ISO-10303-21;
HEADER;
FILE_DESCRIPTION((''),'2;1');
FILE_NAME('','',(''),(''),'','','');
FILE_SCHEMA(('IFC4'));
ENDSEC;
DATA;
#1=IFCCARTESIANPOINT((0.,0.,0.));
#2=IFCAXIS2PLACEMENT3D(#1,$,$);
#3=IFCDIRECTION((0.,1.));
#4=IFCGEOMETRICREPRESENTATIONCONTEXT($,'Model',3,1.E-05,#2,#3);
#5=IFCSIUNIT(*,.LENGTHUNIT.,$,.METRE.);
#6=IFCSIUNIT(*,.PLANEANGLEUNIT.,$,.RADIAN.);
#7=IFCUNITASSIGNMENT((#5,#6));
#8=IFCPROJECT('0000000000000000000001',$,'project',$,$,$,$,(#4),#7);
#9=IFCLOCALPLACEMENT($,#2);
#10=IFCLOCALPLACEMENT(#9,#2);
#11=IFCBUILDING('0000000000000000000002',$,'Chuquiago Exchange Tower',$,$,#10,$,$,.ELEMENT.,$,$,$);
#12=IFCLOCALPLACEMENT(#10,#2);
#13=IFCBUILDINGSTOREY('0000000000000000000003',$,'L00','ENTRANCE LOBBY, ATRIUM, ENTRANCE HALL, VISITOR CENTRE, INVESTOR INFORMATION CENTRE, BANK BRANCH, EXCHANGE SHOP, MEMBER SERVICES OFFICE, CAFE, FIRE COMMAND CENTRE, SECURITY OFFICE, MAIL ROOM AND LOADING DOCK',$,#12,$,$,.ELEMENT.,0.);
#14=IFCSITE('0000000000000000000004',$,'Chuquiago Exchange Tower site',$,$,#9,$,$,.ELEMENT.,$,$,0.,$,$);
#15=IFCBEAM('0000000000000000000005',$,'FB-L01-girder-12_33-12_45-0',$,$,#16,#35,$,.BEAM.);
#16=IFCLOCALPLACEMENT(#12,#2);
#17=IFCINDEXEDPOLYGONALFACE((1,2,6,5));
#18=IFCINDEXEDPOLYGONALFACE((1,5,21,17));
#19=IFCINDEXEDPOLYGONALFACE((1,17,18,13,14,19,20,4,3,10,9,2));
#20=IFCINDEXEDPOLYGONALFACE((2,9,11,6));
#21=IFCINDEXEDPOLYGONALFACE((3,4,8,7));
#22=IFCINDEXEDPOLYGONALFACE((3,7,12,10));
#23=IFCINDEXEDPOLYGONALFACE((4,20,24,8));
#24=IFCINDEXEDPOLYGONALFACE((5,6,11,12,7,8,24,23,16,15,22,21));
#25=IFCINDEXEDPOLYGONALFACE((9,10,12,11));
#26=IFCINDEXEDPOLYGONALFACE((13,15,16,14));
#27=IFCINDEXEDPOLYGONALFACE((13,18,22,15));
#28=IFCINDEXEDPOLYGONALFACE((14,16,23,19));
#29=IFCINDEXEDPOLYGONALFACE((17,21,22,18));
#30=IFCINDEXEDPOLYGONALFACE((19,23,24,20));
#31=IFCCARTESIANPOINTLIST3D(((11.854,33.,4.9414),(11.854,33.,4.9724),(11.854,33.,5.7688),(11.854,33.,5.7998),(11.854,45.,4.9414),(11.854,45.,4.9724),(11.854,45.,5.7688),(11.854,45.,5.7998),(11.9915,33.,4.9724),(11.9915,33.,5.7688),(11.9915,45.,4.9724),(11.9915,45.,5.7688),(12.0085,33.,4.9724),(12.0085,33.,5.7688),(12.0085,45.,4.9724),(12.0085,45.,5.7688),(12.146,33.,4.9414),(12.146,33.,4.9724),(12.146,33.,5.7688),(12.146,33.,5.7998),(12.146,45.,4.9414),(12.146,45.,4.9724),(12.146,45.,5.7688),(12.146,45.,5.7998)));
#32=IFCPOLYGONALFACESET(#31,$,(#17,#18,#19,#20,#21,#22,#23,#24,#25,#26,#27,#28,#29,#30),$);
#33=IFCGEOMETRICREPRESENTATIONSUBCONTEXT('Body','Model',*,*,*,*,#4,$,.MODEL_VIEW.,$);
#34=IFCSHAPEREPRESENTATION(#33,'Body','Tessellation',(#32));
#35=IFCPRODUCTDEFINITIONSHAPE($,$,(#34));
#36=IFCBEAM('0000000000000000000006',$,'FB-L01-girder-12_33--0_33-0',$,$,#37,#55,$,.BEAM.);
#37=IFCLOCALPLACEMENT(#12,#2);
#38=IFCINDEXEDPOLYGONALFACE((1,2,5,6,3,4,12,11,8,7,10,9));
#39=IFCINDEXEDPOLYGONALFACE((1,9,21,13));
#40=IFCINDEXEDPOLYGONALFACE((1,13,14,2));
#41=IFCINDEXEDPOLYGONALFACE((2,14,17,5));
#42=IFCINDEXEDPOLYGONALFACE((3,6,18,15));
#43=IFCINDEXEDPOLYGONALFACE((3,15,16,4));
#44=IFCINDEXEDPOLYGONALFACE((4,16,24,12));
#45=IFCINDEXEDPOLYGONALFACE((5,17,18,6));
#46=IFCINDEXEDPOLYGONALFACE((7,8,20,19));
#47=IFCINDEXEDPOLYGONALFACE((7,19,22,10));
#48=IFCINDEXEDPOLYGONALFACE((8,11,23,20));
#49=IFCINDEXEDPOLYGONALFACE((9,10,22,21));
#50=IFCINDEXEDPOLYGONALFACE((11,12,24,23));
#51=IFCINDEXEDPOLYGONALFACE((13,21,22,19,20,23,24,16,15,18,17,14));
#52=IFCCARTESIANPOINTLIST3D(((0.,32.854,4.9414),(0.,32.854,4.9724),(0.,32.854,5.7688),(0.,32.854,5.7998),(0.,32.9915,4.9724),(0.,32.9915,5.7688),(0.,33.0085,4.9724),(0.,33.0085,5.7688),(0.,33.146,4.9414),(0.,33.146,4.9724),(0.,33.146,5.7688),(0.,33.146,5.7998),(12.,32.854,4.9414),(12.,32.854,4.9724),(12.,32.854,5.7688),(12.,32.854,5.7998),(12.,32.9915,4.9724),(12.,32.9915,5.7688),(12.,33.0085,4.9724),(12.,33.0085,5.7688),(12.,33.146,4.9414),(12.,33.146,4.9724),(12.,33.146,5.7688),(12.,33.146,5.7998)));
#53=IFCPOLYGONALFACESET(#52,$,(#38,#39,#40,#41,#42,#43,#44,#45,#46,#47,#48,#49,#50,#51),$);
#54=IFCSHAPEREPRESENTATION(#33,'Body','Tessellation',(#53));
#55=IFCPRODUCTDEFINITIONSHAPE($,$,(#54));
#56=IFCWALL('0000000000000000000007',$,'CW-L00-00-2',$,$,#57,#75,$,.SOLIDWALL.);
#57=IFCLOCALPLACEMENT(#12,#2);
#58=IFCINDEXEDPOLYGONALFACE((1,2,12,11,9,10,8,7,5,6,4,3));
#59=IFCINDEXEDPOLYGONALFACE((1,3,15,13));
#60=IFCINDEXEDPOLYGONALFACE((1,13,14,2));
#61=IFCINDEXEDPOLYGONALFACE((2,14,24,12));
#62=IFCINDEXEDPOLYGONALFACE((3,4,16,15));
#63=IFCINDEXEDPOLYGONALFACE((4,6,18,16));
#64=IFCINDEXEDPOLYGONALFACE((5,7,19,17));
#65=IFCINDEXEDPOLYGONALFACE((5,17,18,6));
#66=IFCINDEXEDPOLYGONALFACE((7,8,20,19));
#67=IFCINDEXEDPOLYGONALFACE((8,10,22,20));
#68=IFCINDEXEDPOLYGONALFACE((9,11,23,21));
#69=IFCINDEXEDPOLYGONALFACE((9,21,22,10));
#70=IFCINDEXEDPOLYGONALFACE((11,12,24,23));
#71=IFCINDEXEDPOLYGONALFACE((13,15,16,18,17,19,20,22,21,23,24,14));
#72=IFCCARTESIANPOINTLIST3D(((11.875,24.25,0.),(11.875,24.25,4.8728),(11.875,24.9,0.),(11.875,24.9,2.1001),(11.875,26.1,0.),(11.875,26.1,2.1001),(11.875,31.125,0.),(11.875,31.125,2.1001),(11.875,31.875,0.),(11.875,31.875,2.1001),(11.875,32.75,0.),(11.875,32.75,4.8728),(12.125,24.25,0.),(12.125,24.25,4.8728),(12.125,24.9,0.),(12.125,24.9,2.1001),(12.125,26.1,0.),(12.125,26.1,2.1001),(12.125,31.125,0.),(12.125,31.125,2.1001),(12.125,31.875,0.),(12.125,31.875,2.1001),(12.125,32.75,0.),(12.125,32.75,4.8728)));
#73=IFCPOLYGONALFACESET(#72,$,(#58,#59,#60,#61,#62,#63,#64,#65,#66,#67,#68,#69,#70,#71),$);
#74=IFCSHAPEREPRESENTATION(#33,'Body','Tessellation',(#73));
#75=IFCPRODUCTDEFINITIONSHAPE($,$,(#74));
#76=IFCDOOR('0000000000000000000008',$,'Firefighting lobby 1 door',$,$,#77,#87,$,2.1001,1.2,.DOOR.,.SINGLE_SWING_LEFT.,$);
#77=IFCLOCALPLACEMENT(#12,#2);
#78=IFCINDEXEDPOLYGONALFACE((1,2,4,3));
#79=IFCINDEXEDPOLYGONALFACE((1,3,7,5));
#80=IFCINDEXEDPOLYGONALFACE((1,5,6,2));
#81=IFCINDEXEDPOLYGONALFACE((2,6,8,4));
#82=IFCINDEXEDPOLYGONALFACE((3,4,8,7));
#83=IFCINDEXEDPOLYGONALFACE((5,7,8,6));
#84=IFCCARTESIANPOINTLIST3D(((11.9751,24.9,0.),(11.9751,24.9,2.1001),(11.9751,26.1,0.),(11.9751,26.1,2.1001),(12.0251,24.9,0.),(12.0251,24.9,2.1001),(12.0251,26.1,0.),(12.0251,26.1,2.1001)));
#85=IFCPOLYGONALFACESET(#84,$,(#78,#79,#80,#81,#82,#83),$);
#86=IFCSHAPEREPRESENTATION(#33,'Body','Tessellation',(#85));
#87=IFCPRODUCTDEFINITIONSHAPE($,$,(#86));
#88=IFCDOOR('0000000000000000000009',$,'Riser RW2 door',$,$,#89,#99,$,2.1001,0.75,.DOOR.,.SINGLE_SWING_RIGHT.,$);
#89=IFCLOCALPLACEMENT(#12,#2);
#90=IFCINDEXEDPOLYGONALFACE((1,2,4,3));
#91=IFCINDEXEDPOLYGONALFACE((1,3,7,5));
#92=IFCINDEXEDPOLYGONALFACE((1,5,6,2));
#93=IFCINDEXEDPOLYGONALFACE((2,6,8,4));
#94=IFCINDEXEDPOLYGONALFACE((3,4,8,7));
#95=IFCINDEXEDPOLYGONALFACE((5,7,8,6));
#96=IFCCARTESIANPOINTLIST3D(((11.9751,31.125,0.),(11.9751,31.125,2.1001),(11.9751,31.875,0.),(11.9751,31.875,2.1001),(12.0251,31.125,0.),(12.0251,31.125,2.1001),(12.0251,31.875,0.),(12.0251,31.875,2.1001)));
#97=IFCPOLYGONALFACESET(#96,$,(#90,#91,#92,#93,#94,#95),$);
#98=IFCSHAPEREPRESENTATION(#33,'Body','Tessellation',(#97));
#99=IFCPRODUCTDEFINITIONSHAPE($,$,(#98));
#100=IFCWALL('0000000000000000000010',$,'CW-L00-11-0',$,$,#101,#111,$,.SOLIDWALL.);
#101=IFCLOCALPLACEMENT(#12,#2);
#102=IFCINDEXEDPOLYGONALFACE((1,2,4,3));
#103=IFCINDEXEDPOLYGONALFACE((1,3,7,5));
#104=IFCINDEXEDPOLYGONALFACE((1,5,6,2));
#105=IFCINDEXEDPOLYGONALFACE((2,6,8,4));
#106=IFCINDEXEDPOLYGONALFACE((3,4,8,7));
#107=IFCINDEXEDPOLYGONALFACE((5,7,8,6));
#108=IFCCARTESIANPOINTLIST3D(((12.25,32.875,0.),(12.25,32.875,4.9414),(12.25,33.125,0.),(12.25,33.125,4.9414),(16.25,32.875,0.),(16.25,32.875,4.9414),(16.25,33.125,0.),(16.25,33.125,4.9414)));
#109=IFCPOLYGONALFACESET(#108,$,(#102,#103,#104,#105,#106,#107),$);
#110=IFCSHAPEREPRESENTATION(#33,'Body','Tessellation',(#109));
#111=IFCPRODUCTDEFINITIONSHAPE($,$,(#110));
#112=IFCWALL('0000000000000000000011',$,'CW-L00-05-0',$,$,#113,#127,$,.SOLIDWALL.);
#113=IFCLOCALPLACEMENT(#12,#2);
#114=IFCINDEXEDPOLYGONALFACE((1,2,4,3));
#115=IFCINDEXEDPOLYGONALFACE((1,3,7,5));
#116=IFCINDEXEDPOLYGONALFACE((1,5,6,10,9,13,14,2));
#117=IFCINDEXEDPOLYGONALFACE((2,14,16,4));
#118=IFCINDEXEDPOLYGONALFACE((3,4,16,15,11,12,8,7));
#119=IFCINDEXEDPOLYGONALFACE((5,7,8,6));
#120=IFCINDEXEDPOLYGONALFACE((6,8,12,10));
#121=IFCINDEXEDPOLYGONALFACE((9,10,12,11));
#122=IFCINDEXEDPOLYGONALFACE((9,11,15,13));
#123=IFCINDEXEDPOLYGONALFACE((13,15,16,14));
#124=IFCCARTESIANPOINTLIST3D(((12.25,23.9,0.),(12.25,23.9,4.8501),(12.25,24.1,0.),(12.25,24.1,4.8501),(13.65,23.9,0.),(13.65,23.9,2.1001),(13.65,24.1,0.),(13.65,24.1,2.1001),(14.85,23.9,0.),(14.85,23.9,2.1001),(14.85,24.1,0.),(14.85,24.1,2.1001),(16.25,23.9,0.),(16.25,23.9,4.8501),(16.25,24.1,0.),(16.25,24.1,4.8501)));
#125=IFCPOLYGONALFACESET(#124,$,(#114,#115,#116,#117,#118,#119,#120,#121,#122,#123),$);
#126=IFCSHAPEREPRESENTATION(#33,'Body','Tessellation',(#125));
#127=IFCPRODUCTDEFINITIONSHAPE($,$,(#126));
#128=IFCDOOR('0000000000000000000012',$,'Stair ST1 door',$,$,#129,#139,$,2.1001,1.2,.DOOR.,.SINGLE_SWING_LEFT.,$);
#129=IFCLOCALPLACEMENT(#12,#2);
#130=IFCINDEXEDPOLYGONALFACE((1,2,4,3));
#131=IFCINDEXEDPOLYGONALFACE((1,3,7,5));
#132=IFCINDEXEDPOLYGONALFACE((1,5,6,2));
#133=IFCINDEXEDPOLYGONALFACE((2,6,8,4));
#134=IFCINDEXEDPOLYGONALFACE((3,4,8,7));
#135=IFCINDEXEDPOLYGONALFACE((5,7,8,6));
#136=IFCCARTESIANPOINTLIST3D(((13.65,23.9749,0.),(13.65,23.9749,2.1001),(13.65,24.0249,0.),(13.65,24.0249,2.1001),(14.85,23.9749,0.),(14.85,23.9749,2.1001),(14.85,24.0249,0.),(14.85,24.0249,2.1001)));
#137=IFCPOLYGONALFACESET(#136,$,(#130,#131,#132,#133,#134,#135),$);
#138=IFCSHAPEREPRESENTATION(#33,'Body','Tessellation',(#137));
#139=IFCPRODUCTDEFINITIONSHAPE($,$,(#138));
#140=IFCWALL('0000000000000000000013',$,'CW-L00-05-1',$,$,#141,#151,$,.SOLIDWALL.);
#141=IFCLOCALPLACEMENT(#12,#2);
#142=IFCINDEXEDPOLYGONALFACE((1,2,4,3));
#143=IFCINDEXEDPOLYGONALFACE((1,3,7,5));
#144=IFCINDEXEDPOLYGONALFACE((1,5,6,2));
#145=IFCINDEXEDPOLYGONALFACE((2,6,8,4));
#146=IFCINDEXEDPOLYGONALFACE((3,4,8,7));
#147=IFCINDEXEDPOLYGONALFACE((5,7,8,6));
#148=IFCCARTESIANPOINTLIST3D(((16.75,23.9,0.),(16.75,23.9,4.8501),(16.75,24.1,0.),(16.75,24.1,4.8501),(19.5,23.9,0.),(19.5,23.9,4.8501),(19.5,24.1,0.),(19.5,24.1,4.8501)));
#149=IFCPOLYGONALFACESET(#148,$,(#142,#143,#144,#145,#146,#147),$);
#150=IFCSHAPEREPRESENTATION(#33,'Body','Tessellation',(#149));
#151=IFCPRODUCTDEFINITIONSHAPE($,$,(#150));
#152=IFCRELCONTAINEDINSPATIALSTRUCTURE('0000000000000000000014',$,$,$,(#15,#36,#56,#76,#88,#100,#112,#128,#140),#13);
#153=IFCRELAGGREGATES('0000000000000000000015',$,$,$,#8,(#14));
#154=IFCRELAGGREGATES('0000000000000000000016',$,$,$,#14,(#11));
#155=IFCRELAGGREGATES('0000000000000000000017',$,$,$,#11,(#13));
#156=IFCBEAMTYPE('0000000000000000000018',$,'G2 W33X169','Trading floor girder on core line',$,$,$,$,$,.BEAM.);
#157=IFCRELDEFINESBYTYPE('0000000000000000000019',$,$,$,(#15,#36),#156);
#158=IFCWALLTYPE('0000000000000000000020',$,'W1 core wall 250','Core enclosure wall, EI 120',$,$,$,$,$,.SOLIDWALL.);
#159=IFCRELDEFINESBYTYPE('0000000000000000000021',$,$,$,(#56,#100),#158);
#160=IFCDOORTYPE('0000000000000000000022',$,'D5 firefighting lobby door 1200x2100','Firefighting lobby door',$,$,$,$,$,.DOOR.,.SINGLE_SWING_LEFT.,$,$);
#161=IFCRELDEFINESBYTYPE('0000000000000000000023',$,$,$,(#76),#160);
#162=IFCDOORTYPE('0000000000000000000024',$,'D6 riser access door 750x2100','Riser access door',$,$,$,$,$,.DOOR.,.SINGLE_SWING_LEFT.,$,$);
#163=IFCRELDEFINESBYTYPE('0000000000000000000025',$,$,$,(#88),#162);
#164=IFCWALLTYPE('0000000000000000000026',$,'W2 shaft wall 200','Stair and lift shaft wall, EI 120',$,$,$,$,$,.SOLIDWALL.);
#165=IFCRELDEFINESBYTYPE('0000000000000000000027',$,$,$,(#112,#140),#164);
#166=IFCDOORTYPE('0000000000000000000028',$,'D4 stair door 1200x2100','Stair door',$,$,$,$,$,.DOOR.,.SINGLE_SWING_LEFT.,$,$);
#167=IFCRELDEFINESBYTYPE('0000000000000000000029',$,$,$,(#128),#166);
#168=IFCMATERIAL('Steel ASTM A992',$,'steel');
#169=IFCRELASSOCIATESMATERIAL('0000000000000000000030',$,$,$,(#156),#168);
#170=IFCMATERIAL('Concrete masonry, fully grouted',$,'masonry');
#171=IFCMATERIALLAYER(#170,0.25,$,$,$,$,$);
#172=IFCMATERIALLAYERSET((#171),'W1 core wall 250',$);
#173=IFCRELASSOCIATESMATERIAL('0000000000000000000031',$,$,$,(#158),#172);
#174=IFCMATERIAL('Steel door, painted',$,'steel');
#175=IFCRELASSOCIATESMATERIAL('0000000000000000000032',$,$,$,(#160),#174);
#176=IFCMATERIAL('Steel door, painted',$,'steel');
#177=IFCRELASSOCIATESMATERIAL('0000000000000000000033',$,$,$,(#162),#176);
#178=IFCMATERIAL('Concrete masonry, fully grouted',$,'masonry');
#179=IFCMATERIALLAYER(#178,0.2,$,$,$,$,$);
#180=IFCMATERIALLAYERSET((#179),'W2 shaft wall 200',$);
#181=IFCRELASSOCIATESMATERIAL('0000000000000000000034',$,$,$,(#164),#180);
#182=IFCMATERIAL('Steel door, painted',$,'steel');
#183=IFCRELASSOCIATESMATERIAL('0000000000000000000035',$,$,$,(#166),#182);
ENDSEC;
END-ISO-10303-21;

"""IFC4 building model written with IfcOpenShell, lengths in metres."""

from ifc_helpers import new_model, si_unit, direction, frame, frame_2d, origin, origin_2d, place, context, subcontext, project, spatial, rectangle, i_section, extrude, material, layer, layer_set, material_profile, profile_set, type_object, element, fill, save


model = new_model("IFC4")

# Units and contexts
model_context = context("Model", 3, precision=1e-05, world=origin(), true_north=direction((0.0, 1.0)))
body_context = subcontext(model_context, "Body", "Model", "MODEL_VIEW")
ifc_project = project(units=[si_unit("LENGTHUNIT", "METRE"), si_unit("PLANEANGLEUNIT", "RADIAN")], contexts=[model_context])

# Site, building, storey
site_placement = place(None, origin())
site = spatial("IfcSite", under=ifc_project, at=site_placement, Name="Chuquiago Exchange Tower site", CompositionType="ELEMENT", RefElevation=0.0)
building_placement = place(site_placement, origin())
building = spatial("IfcBuilding", under=site, at=building_placement, Name="Chuquiago Exchange Tower", CompositionType="ELEMENT")
storey_placement = place(building_placement, origin())
storey = spatial("IfcBuildingStorey", under=building, at=storey_placement, Name="L00", Description="ENTRANCE LOBBY, ATRIUM, ENTRANCE HALL, VISITOR CENTRE, INVESTOR INFORMATION CENTRE, BANK BRANCH, EXCHANGE SHOP, MEMBER SERVICES OFFICE, CAFE, FIRE COMMAND CENTRE, SECURITY OFFICE, MAIL ROOM AND LOADING DOCK", CompositionType="ELEMENT", Elevation=0.0)

# Beams
ifc_material_1 = material(Name="Steel ASTM A992", Category="steel")
ifc_material_profile_1 = material_profile(ifc_material_1, i_section(OverallWidth=0.292, OverallDepth=0.8584, WebThickness=0.0171, FlangeThickness=0.031, at=origin_2d()), Name="W33X169")
ifc_profile_set_1 = profile_set([ifc_material_profile_1], Name="Steel ASTM A992")
beam_type_1 = type_object("IfcBeamType", Name="G2 W33X169", Description="Trading floor girder on core line", PredefinedType="BEAM", material=ifc_profile_set_1)
for number, where, z_axis, x_axis, name in (
    (1, (12.0, 33.0, 5.3706), (0.0, 1.0, 0.0), (-1.0, 0.0, 0.0), "FB-L01-girder-12_33-12_45-0"),
    (2, (12.0, 33.0, 5.3706), (-1.0, 0.0, 0.0), (0.0, -1.0, 0.0), "FB-L01-girder-12_33--0_33-0"),
):
    element("IfcBeam", number, at=place(storey_placement, frame(where, z_axis=z_axis, x_axis=x_axis)), inside=storey, type_object=beam_type_1, Name=name, PredefinedType="BEAM", context=body_context, shape_type="SweptSolid", body=[
        extrude(i_section(OverallWidth=0.292, OverallDepth=0.8584, WebThickness=0.0171, FlangeThickness=0.031, at=origin_2d()), origin(), (0.0, 0.0, 1.0), 12.0),
    ])

# Wall, openings, doors
ifc_material_2 = material(Name="Concrete masonry, fully grouted", Category="masonry")
ifc_layer_1 = layer(ifc_material_2, 0.25)
ifc_layer_set_1 = layer_set([ifc_layer_1], Name="W1 core wall 250")
wall_type_1 = type_object("IfcWallType", Name="W1 core wall 250", Description="Core enclosure wall, EI 120", PredefinedType="SOLIDWALL", material=ifc_layer_set_1)
wall_1_placement = place(storey_placement, frame((12.0, 24.25, 0.0), z_axis=(0.0, 0.0, 1.0), x_axis=(0.0, 1.0, 0.0)))
wall_1 = element("IfcWall", 3, at=wall_1_placement, inside=storey, type_object=wall_type_1, Name="CW-L00-00-2", PredefinedType="SOLIDWALL", context=body_context, shape_type="SweptSolid", body=[
    extrude(rectangle(XDim=8.5, YDim=0.25, at=frame_2d((4.25, 0.0))), origin(), (0.0, 0.0, 1.0), 4.8728),
])
opening_1_placement = place(wall_1_placement, frame((0.6499, 0.0, 0.0)))
opening_1 = element("IfcOpeningElement", 4, at=opening_1_placement, cuts=wall_1, PredefinedType="OPENING", context=body_context, shape_type="SweptSolid", body=[
    extrude(rectangle(XDim=1.2, YDim=2.1001, at=frame_2d((0.6001, 1.05))), frame((0.0, 0.135, 0.0), z_axis=(0.0, -1.0, 0.0), x_axis=(1.0, 0.0, 0.0)), (0.0, 0.0, 1.0), 0.27),
])
opening_2_placement = place(wall_1_placement, frame((6.875, 0.0, 0.0)))
opening_2 = element("IfcOpeningElement", 5, at=opening_2_placement, cuts=wall_1, PredefinedType="OPENING", context=body_context, shape_type="SweptSolid", body=[
    extrude(rectangle(XDim=0.75, YDim=2.1001, at=frame_2d((0.375, 1.05))), frame((0.0, 0.135, 0.0), z_axis=(0.0, -1.0, 0.0), x_axis=(1.0, 0.0, 0.0)), (0.0, 0.0, 1.0), 0.27),
])
ifc_material_3 = material(Name="Steel door, painted", Category="steel")
door_type_1 = type_object("IfcDoorType", Name="D5 firefighting lobby door 1200x2100", Description="Firefighting lobby door", OperationType="SINGLE_SWING_LEFT", PredefinedType="DOOR", material=ifc_material_3)
door_1_placement = place(opening_1_placement, origin())
door_1 = element("IfcDoor", 6, at=door_1_placement, inside=storey, type_object=door_type_1, Name="Firefighting lobby 1 door", OperationType="SINGLE_SWING_LEFT", OverallHeight=2.1001, OverallWidth=1.2, PredefinedType="DOOR", context=body_context, shape_type="SweptSolid", body=[
    extrude(rectangle(XDim=1.2, YDim=2.1001, at=frame_2d((0.6001, 1.05))), frame((0.0, 0.0249, 0.0), z_axis=(0.0, -1.0, 0.0), x_axis=(1.0, 0.0, 0.0)), (0.0, 0.0, 1.0), 0.05),
])
fill(opening_1, door_1)
ifc_material_4 = material(Name="Steel door, painted", Category="steel")
door_type_2 = type_object("IfcDoorType", Name="D6 riser access door 750x2100", Description="Riser access door", OperationType="SINGLE_SWING_LEFT", PredefinedType="DOOR", material=ifc_material_4)
door_2_placement = place(opening_2_placement, origin())
door_2 = element("IfcDoor", 7, at=door_2_placement, inside=storey, type_object=door_type_2, Name="Riser RW2 door", OperationType="SINGLE_SWING_RIGHT", OverallHeight=2.1001, OverallWidth=0.75, PredefinedType="DOOR", context=body_context, shape_type="SweptSolid", body=[
    extrude(rectangle(XDim=0.75, YDim=2.1001, at=frame_2d((0.375, 1.05))), frame((0.0, 0.0249, 0.0), z_axis=(0.0, -1.0, 0.0), x_axis=(1.0, 0.0, 0.0)), (0.0, 0.0, 1.0), 0.05),
])
fill(opening_2, door_2)

# Wall
wall_2_placement = place(storey_placement, frame((12.25, 33.0, 0.0), z_axis=(0.0, 0.0, 1.0), x_axis=(1.0, 0.0, 0.0)))
element("IfcWall", 8, at=wall_2_placement, inside=storey, type_object=wall_type_1, Name="CW-L00-11-0", PredefinedType="SOLIDWALL", context=body_context, shape_type="SweptSolid", body=[
    extrude(rectangle(XDim=4.0, YDim=0.25, at=frame_2d((2.0, 0.0))), origin(), (0.0, 0.0, 1.0), 4.9414),
])

# Wall, opening, door
ifc_material_5 = material(Name="Concrete masonry, fully grouted", Category="masonry")
ifc_layer_2 = layer(ifc_material_5, 0.2)
ifc_layer_set_2 = layer_set([ifc_layer_2], Name="W2 shaft wall 200")
wall_type_2 = type_object("IfcWallType", Name="W2 shaft wall 200", Description="Stair and lift shaft wall, EI 120", PredefinedType="SOLIDWALL", material=ifc_layer_set_2)
wall_3_placement = place(storey_placement, frame((12.25, 24.0, 0.0), z_axis=(0.0, 0.0, 1.0), x_axis=(1.0, 0.0, 0.0)))
wall_3 = element("IfcWall", 9, at=wall_3_placement, inside=storey, type_object=wall_type_2, Name="CW-L00-05-0", PredefinedType="SOLIDWALL", context=body_context, shape_type="SweptSolid", body=[
    extrude(rectangle(XDim=4.0, YDim=0.2, at=frame_2d((2.0, 0.0))), origin(), (0.0, 0.0, 1.0), 4.8501),
])
opening_3_placement = place(wall_3_placement, frame((1.3999, 0.0, 0.0)))
opening_3 = element("IfcOpeningElement", 10, at=opening_3_placement, cuts=wall_3, PredefinedType="OPENING", context=body_context, shape_type="SweptSolid", body=[
    extrude(rectangle(XDim=1.2, YDim=2.1001, at=frame_2d((0.6001, 1.05))), frame((0.0, 0.1099, 0.0), z_axis=(0.0, -1.0, 0.0), x_axis=(1.0, 0.0, 0.0)), (0.0, 0.0, 1.0), 0.22),
])
ifc_material_6 = material(Name="Steel door, painted", Category="steel")
door_type_3 = type_object("IfcDoorType", Name="D4 stair door 1200x2100", Description="Stair door", OperationType="SINGLE_SWING_LEFT", PredefinedType="DOOR", material=ifc_material_6)
door_3_placement = place(opening_3_placement, origin())
door_3 = element("IfcDoor", 11, at=door_3_placement, inside=storey, type_object=door_type_3, Name="Stair ST1 door", OperationType="SINGLE_SWING_LEFT", OverallHeight=2.1001, OverallWidth=1.2, PredefinedType="DOOR", context=body_context, shape_type="SweptSolid", body=[
    extrude(rectangle(XDim=1.2, YDim=2.1001, at=frame_2d((0.6001, 1.05))), frame((0.0, 0.0249, 0.0), z_axis=(0.0, -1.0, 0.0), x_axis=(1.0, 0.0, 0.0)), (0.0, 0.0, 1.0), 0.05),
])
fill(opening_3, door_3)

# Wall
wall_4_placement = place(storey_placement, frame((16.75, 24.0, 0.0), z_axis=(0.0, 0.0, 1.0), x_axis=(1.0, 0.0, 0.0)))
element("IfcWall", 12, at=wall_4_placement, inside=storey, type_object=wall_type_2, Name="CW-L00-05-1", PredefinedType="SOLIDWALL", context=body_context, shape_type="SweptSolid", body=[
    extrude(rectangle(XDim=2.75, YDim=0.2, at=frame_2d((1.375, 0.0))), origin(), (0.0, 0.0, 1.0), 4.8501),
])

save(model, "model.ifc")
